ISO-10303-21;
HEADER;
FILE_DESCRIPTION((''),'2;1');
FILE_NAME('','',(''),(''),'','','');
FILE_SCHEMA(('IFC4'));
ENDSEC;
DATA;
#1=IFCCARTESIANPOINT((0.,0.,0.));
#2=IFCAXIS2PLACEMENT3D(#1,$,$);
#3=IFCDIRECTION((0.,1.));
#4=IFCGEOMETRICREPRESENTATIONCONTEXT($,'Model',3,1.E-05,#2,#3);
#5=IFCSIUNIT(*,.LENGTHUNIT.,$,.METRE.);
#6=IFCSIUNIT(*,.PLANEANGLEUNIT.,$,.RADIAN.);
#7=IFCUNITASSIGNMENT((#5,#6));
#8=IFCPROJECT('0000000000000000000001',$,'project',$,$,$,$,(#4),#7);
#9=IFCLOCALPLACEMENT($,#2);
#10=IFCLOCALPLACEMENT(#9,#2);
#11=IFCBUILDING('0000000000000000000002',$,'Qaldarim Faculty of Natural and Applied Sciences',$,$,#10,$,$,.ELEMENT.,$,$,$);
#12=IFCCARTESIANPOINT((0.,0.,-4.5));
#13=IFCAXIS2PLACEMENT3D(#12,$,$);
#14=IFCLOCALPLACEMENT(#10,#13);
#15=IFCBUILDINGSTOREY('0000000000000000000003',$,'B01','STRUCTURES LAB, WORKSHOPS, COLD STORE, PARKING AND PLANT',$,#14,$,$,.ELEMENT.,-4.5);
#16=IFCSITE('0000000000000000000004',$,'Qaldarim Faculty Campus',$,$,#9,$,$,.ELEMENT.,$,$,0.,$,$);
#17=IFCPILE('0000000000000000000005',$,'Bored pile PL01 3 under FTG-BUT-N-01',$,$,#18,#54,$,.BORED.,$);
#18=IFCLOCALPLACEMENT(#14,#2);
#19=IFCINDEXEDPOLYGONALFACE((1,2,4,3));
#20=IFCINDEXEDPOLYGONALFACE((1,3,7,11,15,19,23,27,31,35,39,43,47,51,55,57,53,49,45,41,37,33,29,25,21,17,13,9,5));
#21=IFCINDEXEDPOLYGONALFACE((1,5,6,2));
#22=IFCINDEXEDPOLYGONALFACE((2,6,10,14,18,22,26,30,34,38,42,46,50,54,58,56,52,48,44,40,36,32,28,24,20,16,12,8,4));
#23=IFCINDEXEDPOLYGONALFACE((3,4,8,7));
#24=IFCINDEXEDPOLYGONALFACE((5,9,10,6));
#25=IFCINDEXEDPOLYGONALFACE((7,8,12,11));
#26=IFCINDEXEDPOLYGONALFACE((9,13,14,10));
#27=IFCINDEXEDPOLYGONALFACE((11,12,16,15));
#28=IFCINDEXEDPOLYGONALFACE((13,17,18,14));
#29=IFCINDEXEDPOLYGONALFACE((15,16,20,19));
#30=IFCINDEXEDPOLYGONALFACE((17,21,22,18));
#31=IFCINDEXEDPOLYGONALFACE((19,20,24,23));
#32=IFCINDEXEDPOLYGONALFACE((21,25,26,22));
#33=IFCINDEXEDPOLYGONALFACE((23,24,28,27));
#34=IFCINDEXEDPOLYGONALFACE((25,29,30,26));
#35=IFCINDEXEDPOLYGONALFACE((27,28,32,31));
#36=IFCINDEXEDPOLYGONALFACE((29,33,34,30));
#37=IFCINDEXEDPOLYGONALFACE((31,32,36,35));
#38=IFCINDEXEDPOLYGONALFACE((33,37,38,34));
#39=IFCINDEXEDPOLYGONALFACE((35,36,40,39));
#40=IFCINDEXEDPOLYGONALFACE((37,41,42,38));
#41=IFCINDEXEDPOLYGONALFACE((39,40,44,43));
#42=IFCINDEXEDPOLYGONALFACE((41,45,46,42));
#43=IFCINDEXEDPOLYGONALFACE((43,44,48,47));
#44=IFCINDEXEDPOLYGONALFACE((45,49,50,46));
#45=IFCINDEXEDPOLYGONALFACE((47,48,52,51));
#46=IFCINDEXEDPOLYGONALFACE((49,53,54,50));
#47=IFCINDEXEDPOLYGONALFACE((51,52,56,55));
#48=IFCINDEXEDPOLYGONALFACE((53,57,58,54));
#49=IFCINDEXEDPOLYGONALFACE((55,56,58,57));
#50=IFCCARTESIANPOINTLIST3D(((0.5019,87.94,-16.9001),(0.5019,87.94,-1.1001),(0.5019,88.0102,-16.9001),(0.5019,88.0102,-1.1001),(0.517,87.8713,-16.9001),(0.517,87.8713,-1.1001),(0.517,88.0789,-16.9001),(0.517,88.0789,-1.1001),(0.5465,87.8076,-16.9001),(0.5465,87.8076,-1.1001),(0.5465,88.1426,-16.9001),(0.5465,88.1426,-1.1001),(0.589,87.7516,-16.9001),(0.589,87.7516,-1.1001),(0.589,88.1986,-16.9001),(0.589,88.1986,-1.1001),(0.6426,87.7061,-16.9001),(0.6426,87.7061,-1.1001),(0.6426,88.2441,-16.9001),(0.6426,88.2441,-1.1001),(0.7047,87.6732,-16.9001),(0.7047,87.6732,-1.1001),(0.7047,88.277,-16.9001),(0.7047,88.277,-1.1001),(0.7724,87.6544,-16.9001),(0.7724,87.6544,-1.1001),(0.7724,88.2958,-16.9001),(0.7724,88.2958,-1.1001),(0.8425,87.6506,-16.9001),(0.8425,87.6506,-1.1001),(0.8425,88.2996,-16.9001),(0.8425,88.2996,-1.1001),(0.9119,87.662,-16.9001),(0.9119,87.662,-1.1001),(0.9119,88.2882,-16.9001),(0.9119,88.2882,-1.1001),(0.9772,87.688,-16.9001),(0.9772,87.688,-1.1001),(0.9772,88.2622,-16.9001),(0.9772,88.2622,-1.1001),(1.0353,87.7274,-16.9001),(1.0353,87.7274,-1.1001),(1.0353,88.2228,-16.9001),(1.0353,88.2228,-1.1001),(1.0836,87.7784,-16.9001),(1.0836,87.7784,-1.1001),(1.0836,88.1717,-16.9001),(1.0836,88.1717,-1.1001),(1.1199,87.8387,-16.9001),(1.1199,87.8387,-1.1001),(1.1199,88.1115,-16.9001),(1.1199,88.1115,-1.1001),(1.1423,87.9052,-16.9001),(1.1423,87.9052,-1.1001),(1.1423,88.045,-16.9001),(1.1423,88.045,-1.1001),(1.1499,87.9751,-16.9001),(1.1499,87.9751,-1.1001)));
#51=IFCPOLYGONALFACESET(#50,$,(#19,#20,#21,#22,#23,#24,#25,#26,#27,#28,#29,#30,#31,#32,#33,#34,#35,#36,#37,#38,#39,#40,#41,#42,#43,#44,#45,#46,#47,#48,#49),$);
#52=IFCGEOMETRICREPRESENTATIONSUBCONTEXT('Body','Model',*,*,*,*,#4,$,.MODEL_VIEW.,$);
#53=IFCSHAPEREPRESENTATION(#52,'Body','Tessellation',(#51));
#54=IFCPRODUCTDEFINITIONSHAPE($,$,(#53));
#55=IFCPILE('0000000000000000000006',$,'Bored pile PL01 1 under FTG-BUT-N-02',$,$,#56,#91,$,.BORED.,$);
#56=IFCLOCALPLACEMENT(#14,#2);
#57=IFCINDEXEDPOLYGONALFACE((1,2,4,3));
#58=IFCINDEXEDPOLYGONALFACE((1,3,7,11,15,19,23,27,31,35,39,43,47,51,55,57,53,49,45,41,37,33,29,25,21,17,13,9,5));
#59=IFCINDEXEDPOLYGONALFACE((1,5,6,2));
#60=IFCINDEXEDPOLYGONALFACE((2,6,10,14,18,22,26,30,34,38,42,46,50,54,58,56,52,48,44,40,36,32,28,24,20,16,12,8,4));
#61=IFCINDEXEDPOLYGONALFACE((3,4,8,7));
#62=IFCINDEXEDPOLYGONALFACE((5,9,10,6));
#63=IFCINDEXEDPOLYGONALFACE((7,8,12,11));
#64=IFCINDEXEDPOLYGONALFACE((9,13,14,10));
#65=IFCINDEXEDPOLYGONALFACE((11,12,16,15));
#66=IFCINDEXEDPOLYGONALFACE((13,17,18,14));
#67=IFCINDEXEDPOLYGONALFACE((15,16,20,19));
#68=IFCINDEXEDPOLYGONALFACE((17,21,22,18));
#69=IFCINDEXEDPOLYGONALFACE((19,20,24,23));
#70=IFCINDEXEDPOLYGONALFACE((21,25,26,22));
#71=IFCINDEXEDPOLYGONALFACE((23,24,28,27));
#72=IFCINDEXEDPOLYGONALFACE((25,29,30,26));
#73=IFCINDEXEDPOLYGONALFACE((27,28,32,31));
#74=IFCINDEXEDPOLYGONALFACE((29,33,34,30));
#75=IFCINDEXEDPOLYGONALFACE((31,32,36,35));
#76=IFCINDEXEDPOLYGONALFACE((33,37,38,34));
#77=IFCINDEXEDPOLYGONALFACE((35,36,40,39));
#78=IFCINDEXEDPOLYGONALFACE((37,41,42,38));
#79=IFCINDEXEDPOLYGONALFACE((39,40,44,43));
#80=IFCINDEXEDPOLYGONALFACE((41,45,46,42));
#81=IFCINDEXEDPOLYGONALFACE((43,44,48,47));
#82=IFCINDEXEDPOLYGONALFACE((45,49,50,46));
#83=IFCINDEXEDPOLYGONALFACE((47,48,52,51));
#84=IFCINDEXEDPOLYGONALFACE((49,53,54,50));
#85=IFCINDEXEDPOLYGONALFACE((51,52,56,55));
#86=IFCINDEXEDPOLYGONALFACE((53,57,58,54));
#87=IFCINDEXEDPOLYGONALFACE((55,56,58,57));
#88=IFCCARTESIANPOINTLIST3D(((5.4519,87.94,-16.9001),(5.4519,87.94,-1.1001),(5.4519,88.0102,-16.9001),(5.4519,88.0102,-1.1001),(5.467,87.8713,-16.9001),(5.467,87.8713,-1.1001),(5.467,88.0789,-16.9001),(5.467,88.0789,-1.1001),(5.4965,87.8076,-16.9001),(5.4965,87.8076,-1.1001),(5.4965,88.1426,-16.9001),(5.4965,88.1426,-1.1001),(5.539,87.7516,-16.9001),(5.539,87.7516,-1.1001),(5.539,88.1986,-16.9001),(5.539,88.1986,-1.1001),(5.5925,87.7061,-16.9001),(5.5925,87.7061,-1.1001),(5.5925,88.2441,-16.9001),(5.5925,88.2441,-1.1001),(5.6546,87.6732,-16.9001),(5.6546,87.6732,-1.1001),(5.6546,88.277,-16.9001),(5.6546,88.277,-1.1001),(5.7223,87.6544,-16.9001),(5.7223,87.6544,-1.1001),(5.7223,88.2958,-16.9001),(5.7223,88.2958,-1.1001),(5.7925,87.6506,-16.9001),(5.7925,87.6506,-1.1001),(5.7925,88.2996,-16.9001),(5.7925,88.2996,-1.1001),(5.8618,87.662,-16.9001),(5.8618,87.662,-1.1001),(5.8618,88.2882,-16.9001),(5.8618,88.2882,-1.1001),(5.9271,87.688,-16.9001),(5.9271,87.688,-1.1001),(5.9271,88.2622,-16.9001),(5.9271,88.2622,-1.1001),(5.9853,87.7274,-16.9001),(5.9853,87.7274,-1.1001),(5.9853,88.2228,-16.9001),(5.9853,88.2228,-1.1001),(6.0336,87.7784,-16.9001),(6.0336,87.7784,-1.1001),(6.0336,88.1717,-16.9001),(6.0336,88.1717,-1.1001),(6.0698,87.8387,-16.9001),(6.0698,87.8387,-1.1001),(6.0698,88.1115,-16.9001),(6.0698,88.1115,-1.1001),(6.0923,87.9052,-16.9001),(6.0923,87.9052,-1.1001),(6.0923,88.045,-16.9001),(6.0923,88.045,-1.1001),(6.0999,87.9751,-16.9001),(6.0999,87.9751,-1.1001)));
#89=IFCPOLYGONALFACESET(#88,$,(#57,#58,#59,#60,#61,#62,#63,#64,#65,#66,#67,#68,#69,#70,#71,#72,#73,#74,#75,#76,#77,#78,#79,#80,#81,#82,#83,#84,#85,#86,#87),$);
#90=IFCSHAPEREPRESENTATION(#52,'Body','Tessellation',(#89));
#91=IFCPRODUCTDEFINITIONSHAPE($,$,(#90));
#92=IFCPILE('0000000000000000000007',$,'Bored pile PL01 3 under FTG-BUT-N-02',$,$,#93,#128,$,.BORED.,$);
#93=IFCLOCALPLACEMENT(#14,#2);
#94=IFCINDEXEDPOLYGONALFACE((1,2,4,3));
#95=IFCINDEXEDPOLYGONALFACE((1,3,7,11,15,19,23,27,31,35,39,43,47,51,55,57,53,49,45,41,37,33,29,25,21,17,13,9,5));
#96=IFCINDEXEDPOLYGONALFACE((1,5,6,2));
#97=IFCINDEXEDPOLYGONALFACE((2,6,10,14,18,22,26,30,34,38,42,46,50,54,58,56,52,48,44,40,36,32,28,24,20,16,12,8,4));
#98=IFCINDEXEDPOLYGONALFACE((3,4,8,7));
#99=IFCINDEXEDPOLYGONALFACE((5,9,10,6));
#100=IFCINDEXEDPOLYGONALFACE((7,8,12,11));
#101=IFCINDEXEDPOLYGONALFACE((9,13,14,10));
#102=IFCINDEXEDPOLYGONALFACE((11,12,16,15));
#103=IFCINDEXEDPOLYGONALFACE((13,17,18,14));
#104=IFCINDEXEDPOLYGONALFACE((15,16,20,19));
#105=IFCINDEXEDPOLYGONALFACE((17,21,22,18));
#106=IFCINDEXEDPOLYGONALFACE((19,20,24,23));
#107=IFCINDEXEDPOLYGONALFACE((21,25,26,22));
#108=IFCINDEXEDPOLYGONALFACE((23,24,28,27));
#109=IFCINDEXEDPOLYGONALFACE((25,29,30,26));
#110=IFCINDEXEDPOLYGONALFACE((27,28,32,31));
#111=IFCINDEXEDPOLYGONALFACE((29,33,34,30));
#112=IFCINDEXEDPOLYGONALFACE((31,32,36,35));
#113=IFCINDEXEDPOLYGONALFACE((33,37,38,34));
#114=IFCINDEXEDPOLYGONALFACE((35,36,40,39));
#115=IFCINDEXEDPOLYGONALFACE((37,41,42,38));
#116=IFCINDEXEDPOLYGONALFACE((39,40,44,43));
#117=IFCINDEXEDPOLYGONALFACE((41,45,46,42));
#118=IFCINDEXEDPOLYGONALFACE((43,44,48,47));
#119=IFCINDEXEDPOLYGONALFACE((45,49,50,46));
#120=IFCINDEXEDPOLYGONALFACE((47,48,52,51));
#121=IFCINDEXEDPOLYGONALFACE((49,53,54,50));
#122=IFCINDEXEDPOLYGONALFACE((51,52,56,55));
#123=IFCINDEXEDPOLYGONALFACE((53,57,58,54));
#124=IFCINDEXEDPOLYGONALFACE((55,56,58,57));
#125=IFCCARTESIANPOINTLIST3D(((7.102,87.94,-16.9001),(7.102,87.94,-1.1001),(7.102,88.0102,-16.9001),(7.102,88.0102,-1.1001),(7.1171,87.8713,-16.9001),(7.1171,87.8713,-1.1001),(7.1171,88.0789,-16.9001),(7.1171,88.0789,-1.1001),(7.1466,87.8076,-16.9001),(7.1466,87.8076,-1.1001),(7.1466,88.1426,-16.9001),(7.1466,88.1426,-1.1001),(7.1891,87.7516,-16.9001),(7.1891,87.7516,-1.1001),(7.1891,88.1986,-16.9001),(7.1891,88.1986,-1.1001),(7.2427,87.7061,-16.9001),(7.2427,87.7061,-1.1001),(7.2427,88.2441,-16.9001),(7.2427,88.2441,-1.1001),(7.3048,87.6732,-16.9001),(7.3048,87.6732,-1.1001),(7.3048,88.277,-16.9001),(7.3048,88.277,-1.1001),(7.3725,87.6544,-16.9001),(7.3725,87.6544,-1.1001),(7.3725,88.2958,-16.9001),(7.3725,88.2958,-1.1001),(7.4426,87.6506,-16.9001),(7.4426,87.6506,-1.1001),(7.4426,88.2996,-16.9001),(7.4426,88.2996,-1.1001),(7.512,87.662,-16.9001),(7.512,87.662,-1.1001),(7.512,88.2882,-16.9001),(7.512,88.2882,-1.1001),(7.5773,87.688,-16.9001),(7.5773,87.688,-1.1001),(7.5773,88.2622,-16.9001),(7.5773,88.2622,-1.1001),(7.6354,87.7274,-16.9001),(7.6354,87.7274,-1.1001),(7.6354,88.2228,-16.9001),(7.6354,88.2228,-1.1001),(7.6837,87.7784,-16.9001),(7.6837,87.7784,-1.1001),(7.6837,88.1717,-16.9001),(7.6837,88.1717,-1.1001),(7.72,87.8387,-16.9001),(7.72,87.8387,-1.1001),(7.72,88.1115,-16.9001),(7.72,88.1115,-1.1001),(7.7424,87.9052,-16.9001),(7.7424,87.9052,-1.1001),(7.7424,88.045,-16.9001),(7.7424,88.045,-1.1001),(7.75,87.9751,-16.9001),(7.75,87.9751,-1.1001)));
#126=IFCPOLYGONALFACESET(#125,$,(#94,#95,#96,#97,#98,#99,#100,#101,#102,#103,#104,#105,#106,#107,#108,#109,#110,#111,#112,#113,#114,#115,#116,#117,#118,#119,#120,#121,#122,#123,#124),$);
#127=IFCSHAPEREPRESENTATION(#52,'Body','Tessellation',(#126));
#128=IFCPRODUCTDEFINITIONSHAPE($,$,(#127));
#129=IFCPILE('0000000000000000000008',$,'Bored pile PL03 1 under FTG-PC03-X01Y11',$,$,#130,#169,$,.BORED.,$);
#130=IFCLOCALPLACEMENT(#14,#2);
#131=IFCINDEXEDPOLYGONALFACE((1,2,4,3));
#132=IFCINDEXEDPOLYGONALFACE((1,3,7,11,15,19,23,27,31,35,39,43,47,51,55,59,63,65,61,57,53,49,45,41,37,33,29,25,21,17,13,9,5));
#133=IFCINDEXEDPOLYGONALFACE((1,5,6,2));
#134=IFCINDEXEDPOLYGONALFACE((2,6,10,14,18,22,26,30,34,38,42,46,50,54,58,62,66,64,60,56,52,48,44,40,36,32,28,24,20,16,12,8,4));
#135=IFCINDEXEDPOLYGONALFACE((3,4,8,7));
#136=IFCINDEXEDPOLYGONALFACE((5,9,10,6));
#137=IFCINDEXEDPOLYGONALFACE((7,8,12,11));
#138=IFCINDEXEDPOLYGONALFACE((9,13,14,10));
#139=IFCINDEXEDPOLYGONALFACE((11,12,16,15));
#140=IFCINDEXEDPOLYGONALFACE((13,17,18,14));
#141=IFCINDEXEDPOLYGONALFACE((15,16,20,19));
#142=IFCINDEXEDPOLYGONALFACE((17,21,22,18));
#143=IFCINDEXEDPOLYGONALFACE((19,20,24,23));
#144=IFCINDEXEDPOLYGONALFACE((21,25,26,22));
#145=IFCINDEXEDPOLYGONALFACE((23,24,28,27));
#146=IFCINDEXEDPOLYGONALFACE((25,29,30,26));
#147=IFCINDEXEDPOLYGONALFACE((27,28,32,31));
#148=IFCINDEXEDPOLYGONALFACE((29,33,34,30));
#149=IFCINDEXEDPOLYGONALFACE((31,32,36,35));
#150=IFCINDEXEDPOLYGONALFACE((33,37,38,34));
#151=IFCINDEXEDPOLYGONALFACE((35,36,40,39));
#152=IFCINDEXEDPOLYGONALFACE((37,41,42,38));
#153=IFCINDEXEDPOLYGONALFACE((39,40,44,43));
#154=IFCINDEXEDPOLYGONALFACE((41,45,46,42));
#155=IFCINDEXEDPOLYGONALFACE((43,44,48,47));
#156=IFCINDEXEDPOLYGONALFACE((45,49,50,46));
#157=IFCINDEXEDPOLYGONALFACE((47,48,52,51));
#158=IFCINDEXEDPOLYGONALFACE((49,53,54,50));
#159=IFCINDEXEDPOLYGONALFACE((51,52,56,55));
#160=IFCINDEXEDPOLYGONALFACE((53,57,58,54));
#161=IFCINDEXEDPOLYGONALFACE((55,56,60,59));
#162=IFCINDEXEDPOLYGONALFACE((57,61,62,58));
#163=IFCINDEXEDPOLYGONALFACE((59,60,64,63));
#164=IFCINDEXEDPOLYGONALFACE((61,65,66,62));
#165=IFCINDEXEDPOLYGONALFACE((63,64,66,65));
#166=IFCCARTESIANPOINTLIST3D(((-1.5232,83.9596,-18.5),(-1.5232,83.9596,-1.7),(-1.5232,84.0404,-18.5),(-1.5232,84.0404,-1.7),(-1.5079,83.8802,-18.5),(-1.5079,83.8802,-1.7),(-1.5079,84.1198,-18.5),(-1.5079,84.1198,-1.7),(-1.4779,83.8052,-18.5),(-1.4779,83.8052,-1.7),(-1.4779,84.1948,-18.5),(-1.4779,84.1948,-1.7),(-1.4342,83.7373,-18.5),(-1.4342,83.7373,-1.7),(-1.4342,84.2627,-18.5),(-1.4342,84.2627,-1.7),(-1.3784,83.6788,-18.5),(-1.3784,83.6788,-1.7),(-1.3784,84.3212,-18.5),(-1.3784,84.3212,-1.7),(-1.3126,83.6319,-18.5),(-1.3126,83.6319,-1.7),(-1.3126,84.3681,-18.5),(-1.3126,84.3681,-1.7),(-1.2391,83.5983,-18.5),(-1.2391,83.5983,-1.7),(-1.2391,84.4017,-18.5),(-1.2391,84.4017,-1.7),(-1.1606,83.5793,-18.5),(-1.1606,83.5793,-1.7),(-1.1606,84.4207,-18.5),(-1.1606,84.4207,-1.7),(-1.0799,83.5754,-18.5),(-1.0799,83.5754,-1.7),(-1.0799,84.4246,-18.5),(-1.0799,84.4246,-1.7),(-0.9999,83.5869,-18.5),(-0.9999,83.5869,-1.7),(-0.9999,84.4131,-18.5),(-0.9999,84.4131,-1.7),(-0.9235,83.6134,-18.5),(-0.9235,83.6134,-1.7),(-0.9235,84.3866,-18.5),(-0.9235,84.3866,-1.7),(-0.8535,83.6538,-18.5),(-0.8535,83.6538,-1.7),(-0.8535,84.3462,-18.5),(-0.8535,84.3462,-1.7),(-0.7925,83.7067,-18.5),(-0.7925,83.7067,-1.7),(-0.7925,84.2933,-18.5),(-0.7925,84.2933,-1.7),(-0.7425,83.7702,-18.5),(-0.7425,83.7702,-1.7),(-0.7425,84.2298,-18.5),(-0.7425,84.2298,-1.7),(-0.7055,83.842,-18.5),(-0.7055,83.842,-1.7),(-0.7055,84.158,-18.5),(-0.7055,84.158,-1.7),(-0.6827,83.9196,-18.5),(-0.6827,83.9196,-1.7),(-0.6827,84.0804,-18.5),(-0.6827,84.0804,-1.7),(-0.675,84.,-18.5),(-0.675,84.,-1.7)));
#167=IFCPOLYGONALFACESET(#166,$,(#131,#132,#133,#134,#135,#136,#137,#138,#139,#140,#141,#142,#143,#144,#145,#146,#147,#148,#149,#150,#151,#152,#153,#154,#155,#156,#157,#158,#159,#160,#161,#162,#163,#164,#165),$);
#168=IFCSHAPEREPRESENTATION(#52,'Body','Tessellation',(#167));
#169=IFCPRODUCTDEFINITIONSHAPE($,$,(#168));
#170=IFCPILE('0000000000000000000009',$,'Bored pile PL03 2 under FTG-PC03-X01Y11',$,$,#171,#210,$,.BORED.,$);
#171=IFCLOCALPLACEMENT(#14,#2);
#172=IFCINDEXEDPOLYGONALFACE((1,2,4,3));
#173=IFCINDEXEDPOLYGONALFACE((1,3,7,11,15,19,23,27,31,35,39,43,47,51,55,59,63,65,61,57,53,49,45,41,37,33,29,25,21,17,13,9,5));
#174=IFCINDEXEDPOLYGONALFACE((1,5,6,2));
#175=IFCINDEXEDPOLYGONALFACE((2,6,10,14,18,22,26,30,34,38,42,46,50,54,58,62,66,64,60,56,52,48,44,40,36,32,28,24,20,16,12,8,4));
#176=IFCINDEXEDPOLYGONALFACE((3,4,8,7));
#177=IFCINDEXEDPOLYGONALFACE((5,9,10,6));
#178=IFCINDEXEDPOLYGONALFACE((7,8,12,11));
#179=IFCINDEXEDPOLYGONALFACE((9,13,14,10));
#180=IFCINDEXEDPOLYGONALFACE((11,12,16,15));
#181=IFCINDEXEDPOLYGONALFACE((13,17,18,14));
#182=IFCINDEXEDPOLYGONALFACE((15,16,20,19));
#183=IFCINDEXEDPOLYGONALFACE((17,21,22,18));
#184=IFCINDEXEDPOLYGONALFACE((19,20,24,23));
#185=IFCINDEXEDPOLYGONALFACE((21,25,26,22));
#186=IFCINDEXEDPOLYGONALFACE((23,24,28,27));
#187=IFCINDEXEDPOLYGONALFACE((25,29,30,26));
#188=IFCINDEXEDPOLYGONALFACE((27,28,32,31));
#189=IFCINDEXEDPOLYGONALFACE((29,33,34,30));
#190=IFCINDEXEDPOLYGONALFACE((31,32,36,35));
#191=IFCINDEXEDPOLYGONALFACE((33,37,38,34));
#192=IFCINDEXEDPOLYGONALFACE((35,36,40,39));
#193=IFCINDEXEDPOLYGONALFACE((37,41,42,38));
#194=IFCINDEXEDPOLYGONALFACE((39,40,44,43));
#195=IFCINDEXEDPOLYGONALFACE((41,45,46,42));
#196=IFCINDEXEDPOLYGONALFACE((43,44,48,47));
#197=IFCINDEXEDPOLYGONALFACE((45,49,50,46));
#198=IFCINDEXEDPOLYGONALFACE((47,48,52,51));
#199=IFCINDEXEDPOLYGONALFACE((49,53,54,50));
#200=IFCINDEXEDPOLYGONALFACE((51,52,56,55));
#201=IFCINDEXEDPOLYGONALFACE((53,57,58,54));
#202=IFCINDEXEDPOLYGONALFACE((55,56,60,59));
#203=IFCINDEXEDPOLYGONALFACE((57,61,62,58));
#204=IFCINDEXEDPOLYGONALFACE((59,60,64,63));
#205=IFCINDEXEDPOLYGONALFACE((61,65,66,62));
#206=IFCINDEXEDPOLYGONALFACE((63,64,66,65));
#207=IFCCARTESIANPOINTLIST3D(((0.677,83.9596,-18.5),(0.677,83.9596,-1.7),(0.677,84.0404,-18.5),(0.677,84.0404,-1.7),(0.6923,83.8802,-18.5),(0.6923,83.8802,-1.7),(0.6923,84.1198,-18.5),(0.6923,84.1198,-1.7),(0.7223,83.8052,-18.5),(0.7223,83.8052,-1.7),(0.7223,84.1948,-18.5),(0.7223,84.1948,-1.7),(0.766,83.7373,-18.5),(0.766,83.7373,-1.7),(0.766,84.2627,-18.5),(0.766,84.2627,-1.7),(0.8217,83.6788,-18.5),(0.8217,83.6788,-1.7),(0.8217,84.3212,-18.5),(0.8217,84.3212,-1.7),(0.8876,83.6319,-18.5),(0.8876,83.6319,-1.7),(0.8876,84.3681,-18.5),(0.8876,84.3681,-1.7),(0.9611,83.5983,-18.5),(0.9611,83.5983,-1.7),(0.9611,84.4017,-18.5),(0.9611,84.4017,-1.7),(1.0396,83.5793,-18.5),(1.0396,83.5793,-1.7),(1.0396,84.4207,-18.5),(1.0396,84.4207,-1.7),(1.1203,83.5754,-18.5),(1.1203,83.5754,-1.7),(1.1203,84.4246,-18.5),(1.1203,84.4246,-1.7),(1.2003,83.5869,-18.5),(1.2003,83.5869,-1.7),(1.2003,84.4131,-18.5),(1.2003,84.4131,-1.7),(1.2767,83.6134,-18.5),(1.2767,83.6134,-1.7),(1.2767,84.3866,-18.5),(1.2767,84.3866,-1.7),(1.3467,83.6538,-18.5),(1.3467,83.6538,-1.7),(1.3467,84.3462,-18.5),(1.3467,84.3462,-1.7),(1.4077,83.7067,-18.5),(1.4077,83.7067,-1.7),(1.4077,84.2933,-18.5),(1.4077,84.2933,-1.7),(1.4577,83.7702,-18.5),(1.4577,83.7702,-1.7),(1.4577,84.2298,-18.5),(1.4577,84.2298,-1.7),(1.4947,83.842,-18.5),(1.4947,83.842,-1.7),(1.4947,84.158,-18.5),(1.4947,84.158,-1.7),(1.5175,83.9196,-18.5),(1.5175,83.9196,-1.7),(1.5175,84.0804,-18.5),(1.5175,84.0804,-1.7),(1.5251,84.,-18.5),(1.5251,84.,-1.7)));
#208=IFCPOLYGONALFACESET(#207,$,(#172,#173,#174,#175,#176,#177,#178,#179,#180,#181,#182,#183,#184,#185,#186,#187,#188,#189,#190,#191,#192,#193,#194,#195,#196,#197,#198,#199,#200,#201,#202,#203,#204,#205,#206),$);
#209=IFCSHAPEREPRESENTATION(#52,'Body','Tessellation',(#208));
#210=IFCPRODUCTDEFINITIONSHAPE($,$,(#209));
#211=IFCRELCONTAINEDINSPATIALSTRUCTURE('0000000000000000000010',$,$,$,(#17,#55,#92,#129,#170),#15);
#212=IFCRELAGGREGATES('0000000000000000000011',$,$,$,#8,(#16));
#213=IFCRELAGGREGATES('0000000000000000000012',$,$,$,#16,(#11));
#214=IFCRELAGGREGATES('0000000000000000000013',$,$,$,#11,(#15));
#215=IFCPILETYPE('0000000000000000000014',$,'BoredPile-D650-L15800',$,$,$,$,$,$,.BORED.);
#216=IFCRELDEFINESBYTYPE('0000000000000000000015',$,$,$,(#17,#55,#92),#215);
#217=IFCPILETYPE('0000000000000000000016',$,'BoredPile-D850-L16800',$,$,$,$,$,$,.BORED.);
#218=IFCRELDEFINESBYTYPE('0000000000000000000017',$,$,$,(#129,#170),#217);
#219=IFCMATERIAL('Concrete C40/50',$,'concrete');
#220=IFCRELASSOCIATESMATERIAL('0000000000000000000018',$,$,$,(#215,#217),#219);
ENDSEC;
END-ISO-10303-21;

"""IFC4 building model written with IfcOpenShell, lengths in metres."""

from ifc_helpers import new_model, si_unit, direction, frame, origin, origin_2d, place, context, subcontext, project, spatial, circle, extrude, material, material_profile, profile_set, type_object, element, save


model = new_model("IFC4")

# Units and contexts
model_context = context("Model", 3, precision=1e-05, world=origin(), true_north=direction((0.0, 1.0)))
body_context = subcontext(model_context, "Body", "Model", "MODEL_VIEW")
ifc_project = project(units=[si_unit("LENGTHUNIT", "METRE"), si_unit("PLANEANGLEUNIT", "RADIAN")], contexts=[model_context])

# Site, building, storey
site_placement = place(None, origin())
site = spatial("IfcSite", under=ifc_project, at=site_placement, Name="Qaldarim Faculty Campus", CompositionType="ELEMENT", RefElevation=0.0)
building_placement = place(site_placement, origin())
building = spatial("IfcBuilding", under=site, at=building_placement, Name="Qaldarim Faculty of Natural and Applied Sciences", CompositionType="ELEMENT")
storey_placement = place(building_placement, frame((0.0, 0.0, -4.5)))
storey = spatial("IfcBuildingStorey", under=building, at=storey_placement, Name="B01", Description="STRUCTURES LAB, WORKSHOPS, COLD STORE, PARKING AND PLANT", CompositionType="ELEMENT", Elevation=-4.5)

# Piles
ifc_material_1 = material(Name="Concrete C40/50", Category="concrete")
ifc_material_profile_1 = material_profile(ifc_material_1, circle(Radius=0.325, at=origin_2d()), Name="PILE-D650")
ifc_profile_set_1 = profile_set([ifc_material_profile_1], Name="Concrete C40/50")
pile_type_1 = type_object("IfcPileType", Name="BoredPile-D650-L15800", PredefinedType="BORED", material=ifc_profile_set_1)
for number, where, z_axis, x_axis, name in (
    (1, (0.825, 87.9751, -1.1001), (0.0, 0.0, -1.0), (1.0, 0.0, 0.0), "Bored pile PL01 3 under FTG-BUT-N-01"),
    (2, (5.7749, 87.9751, -1.1001), (0.0, 0.0, -1.0), (1.0, 0.0, 0.0), "Bored pile PL01 1 under FTG-BUT-N-02"),
    (3, (7.425, 87.9751, -1.1001), (0.0, 0.0, -1.0), (1.0, 0.0, 0.0), "Bored pile PL01 3 under FTG-BUT-N-02"),
):
    element("IfcPile", number, at=place(storey_placement, frame(where, z_axis=z_axis, x_axis=x_axis)), inside=storey, type_object=pile_type_1, Name=name, PredefinedType="BORED", context=body_context, shape_type="SweptSolid", body=[
        extrude(circle(Radius=0.325, at=origin_2d()), origin(), (0.0, 0.0, 1.0), 15.8),
    ])
ifc_material_profile_2 = material_profile(ifc_material_1, circle(Radius=0.425, at=origin_2d()), Name="PILE-D850")
ifc_profile_set_2 = profile_set([ifc_material_profile_2], Name="Concrete C40/50")
pile_type_2 = type_object("IfcPileType", Name="BoredPile-D850-L16800", PredefinedType="BORED", material=ifc_profile_set_2)
for number, where, z_axis, x_axis, name in (
    (4, (-1.1001, 84.0, -1.7), (0.0, 0.0, -1.0), (1.0, 0.0, 0.0), "Bored pile PL03 1 under FTG-PC03-X01Y11"),
    (5, (1.1001, 84.0, -1.7), (0.0, 0.0, -1.0), (1.0, 0.0, 0.0), "Bored pile PL03 2 under FTG-PC03-X01Y11"),
):
    element("IfcPile", number, at=place(storey_placement, frame(where, z_axis=z_axis, x_axis=x_axis)), inside=storey, type_object=pile_type_2, Name=name, PredefinedType="BORED", context=body_context, shape_type="SweptSolid", body=[
        extrude(circle(Radius=0.425, at=origin_2d()), origin(), (0.0, 0.0, 1.0), 16.8),
    ])

save(model, "model.ifc")
